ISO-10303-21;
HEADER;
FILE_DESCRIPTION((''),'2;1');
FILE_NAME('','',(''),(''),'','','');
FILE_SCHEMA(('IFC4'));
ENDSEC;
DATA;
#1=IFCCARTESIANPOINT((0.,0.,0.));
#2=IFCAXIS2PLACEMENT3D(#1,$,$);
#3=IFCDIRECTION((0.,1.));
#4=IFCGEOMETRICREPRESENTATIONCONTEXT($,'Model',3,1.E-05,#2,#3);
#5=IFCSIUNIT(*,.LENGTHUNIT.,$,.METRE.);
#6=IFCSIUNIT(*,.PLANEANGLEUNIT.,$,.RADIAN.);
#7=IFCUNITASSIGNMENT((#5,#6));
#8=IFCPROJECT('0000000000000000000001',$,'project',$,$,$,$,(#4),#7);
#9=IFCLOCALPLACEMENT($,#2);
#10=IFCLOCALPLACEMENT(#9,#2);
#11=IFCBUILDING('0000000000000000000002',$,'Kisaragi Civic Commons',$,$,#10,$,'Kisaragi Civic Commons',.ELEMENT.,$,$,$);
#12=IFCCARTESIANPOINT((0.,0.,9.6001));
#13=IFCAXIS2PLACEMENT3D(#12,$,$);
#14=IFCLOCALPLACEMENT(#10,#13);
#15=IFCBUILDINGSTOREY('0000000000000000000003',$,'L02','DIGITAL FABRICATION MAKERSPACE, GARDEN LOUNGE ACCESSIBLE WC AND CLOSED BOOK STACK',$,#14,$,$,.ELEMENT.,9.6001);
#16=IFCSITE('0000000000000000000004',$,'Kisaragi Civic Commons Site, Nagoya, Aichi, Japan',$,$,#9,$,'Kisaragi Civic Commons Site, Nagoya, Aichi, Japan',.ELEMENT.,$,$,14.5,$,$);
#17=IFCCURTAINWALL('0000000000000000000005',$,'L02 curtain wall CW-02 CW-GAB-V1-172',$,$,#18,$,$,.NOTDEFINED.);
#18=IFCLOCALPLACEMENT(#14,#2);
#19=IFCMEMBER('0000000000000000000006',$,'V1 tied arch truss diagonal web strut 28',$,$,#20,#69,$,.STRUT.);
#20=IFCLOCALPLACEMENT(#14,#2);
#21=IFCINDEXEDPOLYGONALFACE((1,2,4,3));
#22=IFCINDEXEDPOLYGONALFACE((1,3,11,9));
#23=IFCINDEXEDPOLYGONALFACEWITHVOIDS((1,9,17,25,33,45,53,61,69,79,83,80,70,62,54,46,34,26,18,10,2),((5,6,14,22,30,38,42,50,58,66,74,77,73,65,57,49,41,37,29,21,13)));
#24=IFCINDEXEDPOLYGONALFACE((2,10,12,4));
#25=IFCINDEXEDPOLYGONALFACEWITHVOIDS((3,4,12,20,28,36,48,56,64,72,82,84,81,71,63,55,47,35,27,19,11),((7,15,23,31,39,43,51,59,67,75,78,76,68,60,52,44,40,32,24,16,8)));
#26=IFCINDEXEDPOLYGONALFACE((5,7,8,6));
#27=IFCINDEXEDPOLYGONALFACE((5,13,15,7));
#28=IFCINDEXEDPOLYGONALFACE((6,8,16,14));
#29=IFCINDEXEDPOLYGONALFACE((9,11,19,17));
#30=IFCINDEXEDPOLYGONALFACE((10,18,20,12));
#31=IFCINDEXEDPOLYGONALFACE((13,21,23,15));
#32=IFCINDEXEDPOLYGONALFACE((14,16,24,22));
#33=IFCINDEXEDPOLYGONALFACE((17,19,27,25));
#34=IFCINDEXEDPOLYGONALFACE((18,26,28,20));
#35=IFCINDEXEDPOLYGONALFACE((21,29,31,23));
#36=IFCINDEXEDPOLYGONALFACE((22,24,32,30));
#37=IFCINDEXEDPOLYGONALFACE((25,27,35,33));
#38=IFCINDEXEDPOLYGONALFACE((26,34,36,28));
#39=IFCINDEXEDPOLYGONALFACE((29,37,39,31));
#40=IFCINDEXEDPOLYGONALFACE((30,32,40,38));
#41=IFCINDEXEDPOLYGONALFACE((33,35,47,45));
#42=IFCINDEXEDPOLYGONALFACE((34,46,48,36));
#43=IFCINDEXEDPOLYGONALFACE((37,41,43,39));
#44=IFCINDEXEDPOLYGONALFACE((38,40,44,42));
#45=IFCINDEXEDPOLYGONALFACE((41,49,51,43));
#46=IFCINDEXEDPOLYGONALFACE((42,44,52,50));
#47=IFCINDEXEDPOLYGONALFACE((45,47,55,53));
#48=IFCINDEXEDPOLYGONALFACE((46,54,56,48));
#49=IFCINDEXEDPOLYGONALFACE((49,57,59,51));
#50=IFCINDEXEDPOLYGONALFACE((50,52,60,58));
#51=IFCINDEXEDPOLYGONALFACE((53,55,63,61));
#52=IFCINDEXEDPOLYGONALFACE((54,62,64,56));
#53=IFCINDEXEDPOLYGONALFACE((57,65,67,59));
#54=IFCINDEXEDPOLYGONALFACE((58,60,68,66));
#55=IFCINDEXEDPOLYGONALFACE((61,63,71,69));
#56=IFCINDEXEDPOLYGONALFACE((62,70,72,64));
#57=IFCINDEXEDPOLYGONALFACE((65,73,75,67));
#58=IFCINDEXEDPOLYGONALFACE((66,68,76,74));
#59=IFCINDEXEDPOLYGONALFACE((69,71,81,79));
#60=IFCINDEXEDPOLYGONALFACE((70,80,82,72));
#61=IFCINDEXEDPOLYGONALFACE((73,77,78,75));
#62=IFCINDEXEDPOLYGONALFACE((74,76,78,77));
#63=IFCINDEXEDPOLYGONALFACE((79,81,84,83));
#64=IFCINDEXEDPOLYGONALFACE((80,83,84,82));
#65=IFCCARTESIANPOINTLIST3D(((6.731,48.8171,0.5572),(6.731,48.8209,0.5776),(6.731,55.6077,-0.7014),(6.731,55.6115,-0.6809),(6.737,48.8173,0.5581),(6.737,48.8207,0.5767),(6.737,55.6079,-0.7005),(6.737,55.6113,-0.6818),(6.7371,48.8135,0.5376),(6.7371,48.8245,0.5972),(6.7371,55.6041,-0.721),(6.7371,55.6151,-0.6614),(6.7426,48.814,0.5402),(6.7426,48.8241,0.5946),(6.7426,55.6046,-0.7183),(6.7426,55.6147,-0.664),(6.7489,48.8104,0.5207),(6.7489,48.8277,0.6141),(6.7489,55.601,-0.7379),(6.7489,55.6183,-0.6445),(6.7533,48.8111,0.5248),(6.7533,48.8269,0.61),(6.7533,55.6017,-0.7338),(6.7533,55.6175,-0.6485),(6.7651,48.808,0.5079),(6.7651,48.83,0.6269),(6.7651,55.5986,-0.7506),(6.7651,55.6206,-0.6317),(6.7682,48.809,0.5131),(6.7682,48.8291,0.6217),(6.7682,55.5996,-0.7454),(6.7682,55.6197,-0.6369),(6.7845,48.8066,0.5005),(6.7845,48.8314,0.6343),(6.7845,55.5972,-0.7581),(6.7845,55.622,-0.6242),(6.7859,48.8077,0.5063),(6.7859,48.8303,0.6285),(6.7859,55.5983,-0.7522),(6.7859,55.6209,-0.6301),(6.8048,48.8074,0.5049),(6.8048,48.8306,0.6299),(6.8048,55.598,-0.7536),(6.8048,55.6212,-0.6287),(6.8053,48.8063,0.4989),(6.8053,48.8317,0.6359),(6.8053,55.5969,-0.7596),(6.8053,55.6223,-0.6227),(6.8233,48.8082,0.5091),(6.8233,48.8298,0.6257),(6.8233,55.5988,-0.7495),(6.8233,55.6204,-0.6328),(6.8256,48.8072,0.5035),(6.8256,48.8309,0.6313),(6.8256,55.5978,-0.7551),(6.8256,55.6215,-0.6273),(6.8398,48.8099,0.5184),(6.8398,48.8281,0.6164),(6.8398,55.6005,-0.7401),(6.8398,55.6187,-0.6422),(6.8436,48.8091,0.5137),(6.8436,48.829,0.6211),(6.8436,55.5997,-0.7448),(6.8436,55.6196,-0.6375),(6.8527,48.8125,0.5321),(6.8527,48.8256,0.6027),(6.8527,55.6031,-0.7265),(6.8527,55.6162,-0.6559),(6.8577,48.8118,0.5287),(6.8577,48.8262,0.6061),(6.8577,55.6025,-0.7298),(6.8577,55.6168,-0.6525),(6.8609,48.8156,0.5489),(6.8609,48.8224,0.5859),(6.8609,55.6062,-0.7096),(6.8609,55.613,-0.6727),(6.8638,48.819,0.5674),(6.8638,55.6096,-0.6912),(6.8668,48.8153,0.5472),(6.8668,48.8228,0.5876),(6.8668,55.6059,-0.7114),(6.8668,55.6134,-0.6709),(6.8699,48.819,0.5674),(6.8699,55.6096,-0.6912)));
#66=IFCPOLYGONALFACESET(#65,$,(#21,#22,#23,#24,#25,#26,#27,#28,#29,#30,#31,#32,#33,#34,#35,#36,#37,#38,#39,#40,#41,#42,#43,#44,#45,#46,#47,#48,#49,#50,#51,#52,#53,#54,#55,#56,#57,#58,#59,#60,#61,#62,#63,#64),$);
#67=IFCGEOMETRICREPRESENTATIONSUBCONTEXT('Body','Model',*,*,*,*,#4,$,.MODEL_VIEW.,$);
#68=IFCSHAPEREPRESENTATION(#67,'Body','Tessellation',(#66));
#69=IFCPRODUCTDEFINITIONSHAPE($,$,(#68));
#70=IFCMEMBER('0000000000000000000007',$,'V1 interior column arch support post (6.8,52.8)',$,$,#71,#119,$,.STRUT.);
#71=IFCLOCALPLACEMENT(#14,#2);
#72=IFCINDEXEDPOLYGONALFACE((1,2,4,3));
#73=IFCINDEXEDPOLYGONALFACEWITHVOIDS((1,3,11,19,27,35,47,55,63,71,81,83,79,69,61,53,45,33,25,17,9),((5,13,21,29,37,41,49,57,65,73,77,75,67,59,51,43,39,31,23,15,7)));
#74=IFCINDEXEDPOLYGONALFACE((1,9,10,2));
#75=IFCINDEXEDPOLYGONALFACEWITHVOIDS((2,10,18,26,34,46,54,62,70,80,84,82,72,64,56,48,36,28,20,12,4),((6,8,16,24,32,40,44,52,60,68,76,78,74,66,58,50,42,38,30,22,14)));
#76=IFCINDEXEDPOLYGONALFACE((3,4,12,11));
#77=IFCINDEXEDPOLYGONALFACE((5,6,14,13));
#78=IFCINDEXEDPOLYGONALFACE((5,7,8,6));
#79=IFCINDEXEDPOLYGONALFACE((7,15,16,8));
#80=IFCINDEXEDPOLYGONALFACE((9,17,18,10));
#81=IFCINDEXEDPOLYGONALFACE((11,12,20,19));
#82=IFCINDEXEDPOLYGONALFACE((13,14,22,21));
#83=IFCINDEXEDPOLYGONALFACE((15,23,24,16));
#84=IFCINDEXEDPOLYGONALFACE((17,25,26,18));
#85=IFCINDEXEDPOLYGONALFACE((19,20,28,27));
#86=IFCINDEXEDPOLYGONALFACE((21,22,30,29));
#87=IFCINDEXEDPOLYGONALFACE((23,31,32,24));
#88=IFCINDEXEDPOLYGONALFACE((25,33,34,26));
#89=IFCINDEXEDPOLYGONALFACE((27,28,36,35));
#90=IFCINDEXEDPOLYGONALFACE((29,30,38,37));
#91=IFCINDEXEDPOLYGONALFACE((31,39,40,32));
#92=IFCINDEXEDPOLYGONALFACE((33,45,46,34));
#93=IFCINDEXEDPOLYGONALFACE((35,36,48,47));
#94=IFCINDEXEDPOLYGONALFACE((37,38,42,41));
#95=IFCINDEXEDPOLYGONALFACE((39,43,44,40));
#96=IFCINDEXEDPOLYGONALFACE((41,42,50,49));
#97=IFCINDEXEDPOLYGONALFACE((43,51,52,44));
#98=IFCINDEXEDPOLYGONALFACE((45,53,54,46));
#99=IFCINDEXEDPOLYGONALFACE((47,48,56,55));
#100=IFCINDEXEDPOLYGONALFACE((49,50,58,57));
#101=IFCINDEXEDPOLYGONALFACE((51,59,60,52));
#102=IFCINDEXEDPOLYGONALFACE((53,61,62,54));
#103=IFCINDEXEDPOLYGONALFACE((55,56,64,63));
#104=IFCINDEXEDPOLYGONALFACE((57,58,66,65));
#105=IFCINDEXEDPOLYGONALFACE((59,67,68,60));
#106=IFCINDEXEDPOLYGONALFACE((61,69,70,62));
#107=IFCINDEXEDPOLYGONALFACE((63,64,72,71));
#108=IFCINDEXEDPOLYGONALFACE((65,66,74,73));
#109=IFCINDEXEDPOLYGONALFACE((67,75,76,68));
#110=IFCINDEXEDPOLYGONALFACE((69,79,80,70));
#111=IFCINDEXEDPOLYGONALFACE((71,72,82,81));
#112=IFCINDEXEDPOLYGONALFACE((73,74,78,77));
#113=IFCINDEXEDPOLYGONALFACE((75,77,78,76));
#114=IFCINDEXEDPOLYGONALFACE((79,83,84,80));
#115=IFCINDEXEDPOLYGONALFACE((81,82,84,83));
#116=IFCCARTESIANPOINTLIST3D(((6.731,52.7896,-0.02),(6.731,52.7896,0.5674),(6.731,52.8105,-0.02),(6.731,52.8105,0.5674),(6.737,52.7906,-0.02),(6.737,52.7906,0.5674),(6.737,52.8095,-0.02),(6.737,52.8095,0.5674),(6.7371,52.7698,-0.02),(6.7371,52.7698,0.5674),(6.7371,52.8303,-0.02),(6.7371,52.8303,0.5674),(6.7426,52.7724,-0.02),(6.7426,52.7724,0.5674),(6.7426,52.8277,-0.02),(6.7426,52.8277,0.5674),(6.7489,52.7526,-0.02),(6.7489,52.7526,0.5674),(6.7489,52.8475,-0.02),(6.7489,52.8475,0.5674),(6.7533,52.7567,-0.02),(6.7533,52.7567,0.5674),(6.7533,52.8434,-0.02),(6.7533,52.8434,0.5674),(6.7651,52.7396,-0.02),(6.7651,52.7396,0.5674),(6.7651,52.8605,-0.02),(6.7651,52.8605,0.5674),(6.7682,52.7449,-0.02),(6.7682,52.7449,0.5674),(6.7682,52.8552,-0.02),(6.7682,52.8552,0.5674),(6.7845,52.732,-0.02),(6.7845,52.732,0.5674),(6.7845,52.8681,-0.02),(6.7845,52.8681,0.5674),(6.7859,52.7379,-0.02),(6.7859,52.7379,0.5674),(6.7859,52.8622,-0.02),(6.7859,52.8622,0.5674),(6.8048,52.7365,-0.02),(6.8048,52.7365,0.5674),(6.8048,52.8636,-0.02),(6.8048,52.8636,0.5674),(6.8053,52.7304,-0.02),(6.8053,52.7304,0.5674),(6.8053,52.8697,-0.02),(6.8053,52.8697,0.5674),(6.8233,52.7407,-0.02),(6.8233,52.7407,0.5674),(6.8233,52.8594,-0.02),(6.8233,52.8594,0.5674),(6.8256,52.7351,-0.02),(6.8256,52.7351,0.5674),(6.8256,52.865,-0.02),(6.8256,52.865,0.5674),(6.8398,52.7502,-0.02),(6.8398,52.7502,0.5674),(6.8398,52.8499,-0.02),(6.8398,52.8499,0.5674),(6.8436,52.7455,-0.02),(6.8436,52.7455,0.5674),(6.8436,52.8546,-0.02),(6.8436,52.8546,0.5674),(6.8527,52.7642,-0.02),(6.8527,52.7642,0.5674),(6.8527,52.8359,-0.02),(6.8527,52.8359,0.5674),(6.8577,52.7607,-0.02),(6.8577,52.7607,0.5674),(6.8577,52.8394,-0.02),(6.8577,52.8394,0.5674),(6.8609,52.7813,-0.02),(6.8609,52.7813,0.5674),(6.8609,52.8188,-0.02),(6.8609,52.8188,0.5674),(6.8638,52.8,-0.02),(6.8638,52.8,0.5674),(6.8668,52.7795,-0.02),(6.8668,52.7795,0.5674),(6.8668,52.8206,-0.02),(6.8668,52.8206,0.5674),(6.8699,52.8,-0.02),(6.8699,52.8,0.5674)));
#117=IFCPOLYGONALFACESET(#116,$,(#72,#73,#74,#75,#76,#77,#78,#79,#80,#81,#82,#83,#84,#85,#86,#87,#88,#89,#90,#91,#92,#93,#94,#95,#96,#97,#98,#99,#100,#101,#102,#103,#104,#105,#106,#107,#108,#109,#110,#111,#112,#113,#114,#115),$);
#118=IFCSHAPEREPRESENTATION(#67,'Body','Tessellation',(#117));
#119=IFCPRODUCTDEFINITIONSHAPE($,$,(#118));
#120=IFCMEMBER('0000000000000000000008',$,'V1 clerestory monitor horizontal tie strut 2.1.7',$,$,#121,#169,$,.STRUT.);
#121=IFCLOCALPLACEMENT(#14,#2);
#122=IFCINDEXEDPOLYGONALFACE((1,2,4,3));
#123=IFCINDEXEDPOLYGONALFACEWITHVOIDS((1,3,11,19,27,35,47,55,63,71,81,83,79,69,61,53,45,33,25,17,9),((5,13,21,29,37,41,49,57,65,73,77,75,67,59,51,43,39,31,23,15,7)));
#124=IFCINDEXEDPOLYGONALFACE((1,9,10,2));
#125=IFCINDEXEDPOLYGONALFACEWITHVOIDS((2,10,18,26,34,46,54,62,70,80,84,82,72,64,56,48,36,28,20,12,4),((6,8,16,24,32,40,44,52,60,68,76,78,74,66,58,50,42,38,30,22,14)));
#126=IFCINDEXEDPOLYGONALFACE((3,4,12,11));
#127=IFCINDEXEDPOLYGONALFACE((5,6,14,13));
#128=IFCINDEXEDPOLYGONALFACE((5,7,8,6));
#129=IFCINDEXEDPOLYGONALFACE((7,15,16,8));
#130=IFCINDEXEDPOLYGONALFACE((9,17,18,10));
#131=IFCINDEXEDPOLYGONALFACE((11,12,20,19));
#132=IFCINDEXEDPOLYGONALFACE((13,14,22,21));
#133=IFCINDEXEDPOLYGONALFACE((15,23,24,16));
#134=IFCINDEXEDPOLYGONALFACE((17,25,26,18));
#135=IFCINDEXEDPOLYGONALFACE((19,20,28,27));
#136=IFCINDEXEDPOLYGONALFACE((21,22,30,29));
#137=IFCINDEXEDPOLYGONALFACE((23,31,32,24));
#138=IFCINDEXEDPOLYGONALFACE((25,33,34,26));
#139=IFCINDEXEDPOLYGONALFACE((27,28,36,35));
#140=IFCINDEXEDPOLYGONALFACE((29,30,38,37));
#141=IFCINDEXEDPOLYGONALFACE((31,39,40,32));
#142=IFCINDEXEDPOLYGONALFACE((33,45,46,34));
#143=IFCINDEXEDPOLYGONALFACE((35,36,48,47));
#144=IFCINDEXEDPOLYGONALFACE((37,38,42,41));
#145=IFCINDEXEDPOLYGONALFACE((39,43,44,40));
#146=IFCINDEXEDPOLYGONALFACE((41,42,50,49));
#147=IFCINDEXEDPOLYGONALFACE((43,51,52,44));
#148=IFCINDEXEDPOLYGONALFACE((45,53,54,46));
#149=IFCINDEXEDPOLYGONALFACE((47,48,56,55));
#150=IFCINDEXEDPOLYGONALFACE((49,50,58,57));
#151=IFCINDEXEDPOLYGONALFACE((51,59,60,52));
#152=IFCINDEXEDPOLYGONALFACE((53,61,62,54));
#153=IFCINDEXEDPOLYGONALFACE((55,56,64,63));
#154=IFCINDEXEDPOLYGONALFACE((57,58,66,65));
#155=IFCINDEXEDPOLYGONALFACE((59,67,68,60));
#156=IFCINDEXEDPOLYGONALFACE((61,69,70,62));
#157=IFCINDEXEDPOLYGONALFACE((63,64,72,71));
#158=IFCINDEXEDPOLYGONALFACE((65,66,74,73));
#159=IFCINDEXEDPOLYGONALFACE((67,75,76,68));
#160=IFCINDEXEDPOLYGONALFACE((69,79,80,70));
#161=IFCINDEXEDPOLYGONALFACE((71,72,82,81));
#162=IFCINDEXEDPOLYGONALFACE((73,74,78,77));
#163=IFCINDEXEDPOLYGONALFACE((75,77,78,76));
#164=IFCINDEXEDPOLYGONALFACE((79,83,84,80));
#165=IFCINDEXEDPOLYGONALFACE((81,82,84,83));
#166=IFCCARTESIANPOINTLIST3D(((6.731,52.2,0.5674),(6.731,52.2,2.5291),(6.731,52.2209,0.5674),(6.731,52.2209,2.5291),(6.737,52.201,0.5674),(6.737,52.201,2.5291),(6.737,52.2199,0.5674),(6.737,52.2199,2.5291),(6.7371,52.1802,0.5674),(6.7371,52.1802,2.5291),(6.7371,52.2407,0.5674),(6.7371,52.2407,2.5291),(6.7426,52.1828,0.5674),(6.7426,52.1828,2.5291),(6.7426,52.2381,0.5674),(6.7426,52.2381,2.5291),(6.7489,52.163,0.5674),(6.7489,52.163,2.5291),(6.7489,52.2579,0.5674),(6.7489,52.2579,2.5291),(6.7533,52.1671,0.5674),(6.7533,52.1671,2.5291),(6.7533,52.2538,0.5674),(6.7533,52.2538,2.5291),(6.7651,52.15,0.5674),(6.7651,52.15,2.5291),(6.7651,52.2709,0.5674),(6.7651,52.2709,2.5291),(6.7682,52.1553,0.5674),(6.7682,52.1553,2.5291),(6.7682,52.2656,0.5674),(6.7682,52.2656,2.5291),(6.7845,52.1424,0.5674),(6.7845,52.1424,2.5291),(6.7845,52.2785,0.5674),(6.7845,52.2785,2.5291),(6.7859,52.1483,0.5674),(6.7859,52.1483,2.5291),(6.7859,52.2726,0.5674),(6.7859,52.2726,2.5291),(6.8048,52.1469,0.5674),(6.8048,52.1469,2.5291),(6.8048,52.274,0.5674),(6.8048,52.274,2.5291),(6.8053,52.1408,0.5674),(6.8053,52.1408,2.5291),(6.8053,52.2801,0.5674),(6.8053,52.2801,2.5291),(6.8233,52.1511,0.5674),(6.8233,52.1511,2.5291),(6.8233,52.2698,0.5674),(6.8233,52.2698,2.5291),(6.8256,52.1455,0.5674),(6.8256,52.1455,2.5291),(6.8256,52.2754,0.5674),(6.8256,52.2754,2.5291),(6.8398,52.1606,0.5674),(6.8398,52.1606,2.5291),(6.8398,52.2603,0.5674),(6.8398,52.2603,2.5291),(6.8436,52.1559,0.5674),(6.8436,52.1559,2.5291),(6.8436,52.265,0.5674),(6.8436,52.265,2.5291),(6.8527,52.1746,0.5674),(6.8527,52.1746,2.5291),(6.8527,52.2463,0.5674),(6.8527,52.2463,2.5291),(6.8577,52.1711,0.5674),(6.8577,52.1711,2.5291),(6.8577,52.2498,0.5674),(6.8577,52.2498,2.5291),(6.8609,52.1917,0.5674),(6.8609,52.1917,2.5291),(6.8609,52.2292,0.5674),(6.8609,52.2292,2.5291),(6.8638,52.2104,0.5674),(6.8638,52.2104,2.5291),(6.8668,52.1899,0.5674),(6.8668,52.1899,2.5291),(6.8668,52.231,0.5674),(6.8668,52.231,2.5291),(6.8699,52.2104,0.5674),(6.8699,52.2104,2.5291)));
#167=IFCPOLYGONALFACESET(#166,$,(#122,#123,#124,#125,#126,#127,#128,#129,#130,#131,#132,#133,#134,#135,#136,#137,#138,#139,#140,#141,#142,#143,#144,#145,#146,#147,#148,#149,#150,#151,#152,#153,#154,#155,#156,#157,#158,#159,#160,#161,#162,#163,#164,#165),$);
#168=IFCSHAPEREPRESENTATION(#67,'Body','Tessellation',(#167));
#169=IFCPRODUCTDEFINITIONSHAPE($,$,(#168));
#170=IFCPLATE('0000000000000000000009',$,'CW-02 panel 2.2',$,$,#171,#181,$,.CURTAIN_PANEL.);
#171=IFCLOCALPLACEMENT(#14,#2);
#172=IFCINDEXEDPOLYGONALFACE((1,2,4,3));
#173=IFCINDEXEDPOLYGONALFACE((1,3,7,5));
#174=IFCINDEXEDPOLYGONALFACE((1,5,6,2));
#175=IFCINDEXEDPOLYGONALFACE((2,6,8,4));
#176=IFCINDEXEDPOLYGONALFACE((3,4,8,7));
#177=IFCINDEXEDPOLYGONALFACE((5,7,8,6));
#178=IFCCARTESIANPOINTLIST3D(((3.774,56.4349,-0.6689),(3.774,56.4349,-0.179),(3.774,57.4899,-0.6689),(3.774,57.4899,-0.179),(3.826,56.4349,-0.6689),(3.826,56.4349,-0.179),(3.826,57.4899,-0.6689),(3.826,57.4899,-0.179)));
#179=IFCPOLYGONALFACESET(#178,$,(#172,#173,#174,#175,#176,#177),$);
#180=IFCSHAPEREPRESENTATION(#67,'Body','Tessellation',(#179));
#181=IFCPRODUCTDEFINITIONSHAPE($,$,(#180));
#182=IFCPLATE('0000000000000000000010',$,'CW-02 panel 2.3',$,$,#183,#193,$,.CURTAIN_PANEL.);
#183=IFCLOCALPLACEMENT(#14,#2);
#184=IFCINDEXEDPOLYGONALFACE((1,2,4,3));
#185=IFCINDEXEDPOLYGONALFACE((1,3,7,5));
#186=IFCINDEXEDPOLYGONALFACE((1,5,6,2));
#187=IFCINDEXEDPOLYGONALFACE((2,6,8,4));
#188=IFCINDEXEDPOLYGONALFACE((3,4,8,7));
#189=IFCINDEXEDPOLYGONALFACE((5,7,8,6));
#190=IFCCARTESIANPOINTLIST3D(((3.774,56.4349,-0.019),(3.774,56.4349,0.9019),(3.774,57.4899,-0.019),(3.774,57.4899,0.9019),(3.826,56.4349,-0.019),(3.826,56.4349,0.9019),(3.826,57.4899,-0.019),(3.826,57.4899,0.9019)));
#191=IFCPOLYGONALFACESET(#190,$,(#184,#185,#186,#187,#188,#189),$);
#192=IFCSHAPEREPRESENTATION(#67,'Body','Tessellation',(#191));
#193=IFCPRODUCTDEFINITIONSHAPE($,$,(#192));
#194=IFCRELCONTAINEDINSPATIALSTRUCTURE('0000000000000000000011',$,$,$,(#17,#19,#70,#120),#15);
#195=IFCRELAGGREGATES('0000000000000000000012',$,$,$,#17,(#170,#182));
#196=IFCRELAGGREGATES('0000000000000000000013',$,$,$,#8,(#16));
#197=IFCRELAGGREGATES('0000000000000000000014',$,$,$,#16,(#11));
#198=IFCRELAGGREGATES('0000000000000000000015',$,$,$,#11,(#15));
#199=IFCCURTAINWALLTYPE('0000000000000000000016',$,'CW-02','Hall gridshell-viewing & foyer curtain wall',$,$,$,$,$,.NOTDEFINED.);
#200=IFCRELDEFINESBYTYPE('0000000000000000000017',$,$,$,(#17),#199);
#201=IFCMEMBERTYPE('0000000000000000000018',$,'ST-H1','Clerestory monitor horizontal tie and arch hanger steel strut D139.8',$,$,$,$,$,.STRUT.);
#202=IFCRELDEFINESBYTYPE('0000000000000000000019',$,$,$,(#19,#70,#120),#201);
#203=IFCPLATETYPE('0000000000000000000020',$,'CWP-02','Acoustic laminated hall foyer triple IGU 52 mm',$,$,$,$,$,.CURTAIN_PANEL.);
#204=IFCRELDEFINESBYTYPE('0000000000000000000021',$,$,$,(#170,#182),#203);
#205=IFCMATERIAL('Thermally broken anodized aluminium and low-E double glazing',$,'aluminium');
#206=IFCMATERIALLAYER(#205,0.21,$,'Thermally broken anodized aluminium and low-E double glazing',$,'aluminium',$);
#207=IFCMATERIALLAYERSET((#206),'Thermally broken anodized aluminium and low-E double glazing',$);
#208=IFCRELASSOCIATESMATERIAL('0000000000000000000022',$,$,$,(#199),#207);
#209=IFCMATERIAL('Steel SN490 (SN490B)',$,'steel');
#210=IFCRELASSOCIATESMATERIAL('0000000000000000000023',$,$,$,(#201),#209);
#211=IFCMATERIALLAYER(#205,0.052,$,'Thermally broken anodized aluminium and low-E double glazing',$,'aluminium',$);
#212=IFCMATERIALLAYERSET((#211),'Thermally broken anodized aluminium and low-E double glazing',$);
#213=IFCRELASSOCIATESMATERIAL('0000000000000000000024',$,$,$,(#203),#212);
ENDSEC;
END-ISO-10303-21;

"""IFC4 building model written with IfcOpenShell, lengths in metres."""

from ifc_helpers import new_model, si_unit, direction, frame, origin, origin_2d, place, context, subcontext, project, spatial, rectangle, hollow_circle, extrude, material, layer, layer_set, material_profile, profile_set, type_object, element, aggregate, save


model = new_model("IFC4")

# Units and contexts
model_context = context("Model", 3, precision=1e-05, world=origin(), true_north=direction((0.0, 1.0)))
body_context = subcontext(model_context, "Body", "Model", "MODEL_VIEW")
ifc_project = project(units=[si_unit("LENGTHUNIT", "METRE"), si_unit("PLANEANGLEUNIT", "RADIAN")], contexts=[model_context])

# Site, building, storey
site_placement = place(None, origin())
site = spatial("IfcSite", under=ifc_project, at=site_placement, Name="Kisaragi Civic Commons Site, Nagoya, Aichi, Japan", LongName="Kisaragi Civic Commons Site, Nagoya, Aichi, Japan", CompositionType="ELEMENT", RefElevation=14.5)
building_placement = place(site_placement, origin())
building = spatial("IfcBuilding", under=site, at=building_placement, Name="Kisaragi Civic Commons", LongName="Kisaragi Civic Commons", CompositionType="ELEMENT")
storey_placement = place(building_placement, frame((0.0, 0.0, 9.6001)))
storey = spatial("IfcBuildingStorey", under=building, at=storey_placement, Name="L02", Description="DIGITAL FABRICATION MAKERSPACE, GARDEN LOUNGE ACCESSIBLE WC AND CLOSED BOOK STACK", CompositionType="ELEMENT", Elevation=9.6001)

# Curtain wall
ifc_material_1 = material(Name="Thermally broken anodized aluminium and low-E double glazing", Category="aluminium")
ifc_layer_1 = layer(ifc_material_1, 0.21, Name="Thermally broken anodized aluminium and low-E double glazing", Category="aluminium")
ifc_layer_set_1 = layer_set([ifc_layer_1], Name="Thermally broken anodized aluminium and low-E double glazing")
curtain_wall_type = type_object("IfcCurtainWallType", Name="CW-02", Description="Hall gridshell-viewing & foyer curtain wall", PredefinedType="NOTDEFINED", material=ifc_layer_set_1)
curtain_wall_1_placement = place(storey_placement, origin())
curtain_wall_1 = element("IfcCurtainWall", 1, at=curtain_wall_1_placement, inside=storey, type_object=curtain_wall_type, Name="L02 curtain wall CW-02 CW-GAB-V1-172", PredefinedType="NOTDEFINED")

# Members
ifc_material_2 = material(Name="Steel SN490 (SN490B)", Category="steel")
ifc_material_profile_1 = material_profile(ifc_material_2, hollow_circle(Radius=0.0698, WallThickness=0.0061, at=origin_2d()), Name="CHS-139.8x6.0", Category="steel")
ifc_profile_set_1 = profile_set([ifc_material_profile_1], Name="Steel SN490 (SN490B)")
member_type_1 = type_object("IfcMemberType", Name="ST-H1", Description="Clerestory monitor horizontal tie and arch hanger steel strut D139.8", PredefinedType="STRUT", material=ifc_profile_set_1)
member_1_placement = place(storey_placement, frame((6.8, 55.6096, -0.6912), z_axis=(0.0, -0.983255, 0.182235), x_axis=(1.0, 0.0, 0.0)))
element("IfcMember", 2, at=member_1_placement, inside=storey, type_object=member_type_1, Name="V1 tied arch truss diagonal web strut 28", PredefinedType="STRUT", context=body_context, shape_type="SweptSolid", body=[
    extrude(hollow_circle(Radius=0.0698, WallThickness=0.0061, at=origin_2d()), origin(), (0.0, 0.0, 1.0), 6.9062),
])
member_2_placement = place(storey_placement, frame((6.8, 52.8, -0.02), z_axis=(0.0, 0.0, 1.0), x_axis=(1.0, 0.0, 0.0)))
element("IfcMember", 3, at=member_2_placement, inside=storey, type_object=member_type_1, Name="V1 interior column arch support post (6.8,52.8)", PredefinedType="STRUT", context=body_context, shape_type="SweptSolid", body=[
    extrude(hollow_circle(Radius=0.0698, WallThickness=0.0061, at=origin_2d()), origin(), (0.0, 0.0, 1.0), 0.5874),
])
member_3_placement = place(storey_placement, frame((6.8, 52.2104, 0.5674), z_axis=(0.0, 0.0, 1.0), x_axis=(1.0, 0.0, 0.0)))
element("IfcMember", 4, at=member_3_placement, inside=storey, type_object=member_type_1, Name="V1 clerestory monitor horizontal tie strut 2.1.7", PredefinedType="STRUT", context=body_context, shape_type="SweptSolid", body=[
    extrude(hollow_circle(Radius=0.0698, WallThickness=0.0061, at=origin_2d()), origin(), (0.0, 0.0, 1.0), 1.9617),
])

# Plates
ifc_layer_2 = layer(ifc_material_1, 0.052, Name="Thermally broken anodized aluminium and low-E double glazing", Category="aluminium")
ifc_layer_set_2 = layer_set([ifc_layer_2], Name="Thermally broken anodized aluminium and low-E double glazing")
plate_type_1 = type_object("IfcPlateType", Name="CWP-02", Description="Acoustic laminated hall foyer triple IGU 52 mm", PredefinedType="CURTAIN_PANEL", material=ifc_layer_set_2)
plate_1_placement = place(storey_placement, frame((3.8, 56.9624, -0.6689), z_axis=(0.0, 0.0, 1.0), x_axis=(0.0, 1.0, 0.0)))
plate_1 = element("IfcPlate", 5, at=plate_1_placement, type_object=plate_type_1, Name="CW-02 panel 2.2", PredefinedType="CURTAIN_PANEL", context=body_context, shape_type="SweptSolid", body=[
    extrude(rectangle(XDim=1.0549, YDim=0.052, at=origin_2d()), origin(), (0.0, 0.0, 1.0), 0.49),
])
plate_2_placement = place(storey_placement, frame((3.8, 56.9624, -0.019), z_axis=(0.0, 0.0, 1.0), x_axis=(0.0, 1.0, 0.0)))
plate_2 = element("IfcPlate", 6, at=plate_2_placement, type_object=plate_type_1, Name="CW-02 panel 2.3", PredefinedType="CURTAIN_PANEL", context=body_context, shape_type="SweptSolid", body=[
    extrude(rectangle(XDim=1.0549, YDim=0.052, at=origin_2d()), origin(), (0.0, 0.0, 1.0), 0.9209),
])
aggregate(curtain_wall_1, [plate_1, plate_2])

save(model, "model.ifc")
